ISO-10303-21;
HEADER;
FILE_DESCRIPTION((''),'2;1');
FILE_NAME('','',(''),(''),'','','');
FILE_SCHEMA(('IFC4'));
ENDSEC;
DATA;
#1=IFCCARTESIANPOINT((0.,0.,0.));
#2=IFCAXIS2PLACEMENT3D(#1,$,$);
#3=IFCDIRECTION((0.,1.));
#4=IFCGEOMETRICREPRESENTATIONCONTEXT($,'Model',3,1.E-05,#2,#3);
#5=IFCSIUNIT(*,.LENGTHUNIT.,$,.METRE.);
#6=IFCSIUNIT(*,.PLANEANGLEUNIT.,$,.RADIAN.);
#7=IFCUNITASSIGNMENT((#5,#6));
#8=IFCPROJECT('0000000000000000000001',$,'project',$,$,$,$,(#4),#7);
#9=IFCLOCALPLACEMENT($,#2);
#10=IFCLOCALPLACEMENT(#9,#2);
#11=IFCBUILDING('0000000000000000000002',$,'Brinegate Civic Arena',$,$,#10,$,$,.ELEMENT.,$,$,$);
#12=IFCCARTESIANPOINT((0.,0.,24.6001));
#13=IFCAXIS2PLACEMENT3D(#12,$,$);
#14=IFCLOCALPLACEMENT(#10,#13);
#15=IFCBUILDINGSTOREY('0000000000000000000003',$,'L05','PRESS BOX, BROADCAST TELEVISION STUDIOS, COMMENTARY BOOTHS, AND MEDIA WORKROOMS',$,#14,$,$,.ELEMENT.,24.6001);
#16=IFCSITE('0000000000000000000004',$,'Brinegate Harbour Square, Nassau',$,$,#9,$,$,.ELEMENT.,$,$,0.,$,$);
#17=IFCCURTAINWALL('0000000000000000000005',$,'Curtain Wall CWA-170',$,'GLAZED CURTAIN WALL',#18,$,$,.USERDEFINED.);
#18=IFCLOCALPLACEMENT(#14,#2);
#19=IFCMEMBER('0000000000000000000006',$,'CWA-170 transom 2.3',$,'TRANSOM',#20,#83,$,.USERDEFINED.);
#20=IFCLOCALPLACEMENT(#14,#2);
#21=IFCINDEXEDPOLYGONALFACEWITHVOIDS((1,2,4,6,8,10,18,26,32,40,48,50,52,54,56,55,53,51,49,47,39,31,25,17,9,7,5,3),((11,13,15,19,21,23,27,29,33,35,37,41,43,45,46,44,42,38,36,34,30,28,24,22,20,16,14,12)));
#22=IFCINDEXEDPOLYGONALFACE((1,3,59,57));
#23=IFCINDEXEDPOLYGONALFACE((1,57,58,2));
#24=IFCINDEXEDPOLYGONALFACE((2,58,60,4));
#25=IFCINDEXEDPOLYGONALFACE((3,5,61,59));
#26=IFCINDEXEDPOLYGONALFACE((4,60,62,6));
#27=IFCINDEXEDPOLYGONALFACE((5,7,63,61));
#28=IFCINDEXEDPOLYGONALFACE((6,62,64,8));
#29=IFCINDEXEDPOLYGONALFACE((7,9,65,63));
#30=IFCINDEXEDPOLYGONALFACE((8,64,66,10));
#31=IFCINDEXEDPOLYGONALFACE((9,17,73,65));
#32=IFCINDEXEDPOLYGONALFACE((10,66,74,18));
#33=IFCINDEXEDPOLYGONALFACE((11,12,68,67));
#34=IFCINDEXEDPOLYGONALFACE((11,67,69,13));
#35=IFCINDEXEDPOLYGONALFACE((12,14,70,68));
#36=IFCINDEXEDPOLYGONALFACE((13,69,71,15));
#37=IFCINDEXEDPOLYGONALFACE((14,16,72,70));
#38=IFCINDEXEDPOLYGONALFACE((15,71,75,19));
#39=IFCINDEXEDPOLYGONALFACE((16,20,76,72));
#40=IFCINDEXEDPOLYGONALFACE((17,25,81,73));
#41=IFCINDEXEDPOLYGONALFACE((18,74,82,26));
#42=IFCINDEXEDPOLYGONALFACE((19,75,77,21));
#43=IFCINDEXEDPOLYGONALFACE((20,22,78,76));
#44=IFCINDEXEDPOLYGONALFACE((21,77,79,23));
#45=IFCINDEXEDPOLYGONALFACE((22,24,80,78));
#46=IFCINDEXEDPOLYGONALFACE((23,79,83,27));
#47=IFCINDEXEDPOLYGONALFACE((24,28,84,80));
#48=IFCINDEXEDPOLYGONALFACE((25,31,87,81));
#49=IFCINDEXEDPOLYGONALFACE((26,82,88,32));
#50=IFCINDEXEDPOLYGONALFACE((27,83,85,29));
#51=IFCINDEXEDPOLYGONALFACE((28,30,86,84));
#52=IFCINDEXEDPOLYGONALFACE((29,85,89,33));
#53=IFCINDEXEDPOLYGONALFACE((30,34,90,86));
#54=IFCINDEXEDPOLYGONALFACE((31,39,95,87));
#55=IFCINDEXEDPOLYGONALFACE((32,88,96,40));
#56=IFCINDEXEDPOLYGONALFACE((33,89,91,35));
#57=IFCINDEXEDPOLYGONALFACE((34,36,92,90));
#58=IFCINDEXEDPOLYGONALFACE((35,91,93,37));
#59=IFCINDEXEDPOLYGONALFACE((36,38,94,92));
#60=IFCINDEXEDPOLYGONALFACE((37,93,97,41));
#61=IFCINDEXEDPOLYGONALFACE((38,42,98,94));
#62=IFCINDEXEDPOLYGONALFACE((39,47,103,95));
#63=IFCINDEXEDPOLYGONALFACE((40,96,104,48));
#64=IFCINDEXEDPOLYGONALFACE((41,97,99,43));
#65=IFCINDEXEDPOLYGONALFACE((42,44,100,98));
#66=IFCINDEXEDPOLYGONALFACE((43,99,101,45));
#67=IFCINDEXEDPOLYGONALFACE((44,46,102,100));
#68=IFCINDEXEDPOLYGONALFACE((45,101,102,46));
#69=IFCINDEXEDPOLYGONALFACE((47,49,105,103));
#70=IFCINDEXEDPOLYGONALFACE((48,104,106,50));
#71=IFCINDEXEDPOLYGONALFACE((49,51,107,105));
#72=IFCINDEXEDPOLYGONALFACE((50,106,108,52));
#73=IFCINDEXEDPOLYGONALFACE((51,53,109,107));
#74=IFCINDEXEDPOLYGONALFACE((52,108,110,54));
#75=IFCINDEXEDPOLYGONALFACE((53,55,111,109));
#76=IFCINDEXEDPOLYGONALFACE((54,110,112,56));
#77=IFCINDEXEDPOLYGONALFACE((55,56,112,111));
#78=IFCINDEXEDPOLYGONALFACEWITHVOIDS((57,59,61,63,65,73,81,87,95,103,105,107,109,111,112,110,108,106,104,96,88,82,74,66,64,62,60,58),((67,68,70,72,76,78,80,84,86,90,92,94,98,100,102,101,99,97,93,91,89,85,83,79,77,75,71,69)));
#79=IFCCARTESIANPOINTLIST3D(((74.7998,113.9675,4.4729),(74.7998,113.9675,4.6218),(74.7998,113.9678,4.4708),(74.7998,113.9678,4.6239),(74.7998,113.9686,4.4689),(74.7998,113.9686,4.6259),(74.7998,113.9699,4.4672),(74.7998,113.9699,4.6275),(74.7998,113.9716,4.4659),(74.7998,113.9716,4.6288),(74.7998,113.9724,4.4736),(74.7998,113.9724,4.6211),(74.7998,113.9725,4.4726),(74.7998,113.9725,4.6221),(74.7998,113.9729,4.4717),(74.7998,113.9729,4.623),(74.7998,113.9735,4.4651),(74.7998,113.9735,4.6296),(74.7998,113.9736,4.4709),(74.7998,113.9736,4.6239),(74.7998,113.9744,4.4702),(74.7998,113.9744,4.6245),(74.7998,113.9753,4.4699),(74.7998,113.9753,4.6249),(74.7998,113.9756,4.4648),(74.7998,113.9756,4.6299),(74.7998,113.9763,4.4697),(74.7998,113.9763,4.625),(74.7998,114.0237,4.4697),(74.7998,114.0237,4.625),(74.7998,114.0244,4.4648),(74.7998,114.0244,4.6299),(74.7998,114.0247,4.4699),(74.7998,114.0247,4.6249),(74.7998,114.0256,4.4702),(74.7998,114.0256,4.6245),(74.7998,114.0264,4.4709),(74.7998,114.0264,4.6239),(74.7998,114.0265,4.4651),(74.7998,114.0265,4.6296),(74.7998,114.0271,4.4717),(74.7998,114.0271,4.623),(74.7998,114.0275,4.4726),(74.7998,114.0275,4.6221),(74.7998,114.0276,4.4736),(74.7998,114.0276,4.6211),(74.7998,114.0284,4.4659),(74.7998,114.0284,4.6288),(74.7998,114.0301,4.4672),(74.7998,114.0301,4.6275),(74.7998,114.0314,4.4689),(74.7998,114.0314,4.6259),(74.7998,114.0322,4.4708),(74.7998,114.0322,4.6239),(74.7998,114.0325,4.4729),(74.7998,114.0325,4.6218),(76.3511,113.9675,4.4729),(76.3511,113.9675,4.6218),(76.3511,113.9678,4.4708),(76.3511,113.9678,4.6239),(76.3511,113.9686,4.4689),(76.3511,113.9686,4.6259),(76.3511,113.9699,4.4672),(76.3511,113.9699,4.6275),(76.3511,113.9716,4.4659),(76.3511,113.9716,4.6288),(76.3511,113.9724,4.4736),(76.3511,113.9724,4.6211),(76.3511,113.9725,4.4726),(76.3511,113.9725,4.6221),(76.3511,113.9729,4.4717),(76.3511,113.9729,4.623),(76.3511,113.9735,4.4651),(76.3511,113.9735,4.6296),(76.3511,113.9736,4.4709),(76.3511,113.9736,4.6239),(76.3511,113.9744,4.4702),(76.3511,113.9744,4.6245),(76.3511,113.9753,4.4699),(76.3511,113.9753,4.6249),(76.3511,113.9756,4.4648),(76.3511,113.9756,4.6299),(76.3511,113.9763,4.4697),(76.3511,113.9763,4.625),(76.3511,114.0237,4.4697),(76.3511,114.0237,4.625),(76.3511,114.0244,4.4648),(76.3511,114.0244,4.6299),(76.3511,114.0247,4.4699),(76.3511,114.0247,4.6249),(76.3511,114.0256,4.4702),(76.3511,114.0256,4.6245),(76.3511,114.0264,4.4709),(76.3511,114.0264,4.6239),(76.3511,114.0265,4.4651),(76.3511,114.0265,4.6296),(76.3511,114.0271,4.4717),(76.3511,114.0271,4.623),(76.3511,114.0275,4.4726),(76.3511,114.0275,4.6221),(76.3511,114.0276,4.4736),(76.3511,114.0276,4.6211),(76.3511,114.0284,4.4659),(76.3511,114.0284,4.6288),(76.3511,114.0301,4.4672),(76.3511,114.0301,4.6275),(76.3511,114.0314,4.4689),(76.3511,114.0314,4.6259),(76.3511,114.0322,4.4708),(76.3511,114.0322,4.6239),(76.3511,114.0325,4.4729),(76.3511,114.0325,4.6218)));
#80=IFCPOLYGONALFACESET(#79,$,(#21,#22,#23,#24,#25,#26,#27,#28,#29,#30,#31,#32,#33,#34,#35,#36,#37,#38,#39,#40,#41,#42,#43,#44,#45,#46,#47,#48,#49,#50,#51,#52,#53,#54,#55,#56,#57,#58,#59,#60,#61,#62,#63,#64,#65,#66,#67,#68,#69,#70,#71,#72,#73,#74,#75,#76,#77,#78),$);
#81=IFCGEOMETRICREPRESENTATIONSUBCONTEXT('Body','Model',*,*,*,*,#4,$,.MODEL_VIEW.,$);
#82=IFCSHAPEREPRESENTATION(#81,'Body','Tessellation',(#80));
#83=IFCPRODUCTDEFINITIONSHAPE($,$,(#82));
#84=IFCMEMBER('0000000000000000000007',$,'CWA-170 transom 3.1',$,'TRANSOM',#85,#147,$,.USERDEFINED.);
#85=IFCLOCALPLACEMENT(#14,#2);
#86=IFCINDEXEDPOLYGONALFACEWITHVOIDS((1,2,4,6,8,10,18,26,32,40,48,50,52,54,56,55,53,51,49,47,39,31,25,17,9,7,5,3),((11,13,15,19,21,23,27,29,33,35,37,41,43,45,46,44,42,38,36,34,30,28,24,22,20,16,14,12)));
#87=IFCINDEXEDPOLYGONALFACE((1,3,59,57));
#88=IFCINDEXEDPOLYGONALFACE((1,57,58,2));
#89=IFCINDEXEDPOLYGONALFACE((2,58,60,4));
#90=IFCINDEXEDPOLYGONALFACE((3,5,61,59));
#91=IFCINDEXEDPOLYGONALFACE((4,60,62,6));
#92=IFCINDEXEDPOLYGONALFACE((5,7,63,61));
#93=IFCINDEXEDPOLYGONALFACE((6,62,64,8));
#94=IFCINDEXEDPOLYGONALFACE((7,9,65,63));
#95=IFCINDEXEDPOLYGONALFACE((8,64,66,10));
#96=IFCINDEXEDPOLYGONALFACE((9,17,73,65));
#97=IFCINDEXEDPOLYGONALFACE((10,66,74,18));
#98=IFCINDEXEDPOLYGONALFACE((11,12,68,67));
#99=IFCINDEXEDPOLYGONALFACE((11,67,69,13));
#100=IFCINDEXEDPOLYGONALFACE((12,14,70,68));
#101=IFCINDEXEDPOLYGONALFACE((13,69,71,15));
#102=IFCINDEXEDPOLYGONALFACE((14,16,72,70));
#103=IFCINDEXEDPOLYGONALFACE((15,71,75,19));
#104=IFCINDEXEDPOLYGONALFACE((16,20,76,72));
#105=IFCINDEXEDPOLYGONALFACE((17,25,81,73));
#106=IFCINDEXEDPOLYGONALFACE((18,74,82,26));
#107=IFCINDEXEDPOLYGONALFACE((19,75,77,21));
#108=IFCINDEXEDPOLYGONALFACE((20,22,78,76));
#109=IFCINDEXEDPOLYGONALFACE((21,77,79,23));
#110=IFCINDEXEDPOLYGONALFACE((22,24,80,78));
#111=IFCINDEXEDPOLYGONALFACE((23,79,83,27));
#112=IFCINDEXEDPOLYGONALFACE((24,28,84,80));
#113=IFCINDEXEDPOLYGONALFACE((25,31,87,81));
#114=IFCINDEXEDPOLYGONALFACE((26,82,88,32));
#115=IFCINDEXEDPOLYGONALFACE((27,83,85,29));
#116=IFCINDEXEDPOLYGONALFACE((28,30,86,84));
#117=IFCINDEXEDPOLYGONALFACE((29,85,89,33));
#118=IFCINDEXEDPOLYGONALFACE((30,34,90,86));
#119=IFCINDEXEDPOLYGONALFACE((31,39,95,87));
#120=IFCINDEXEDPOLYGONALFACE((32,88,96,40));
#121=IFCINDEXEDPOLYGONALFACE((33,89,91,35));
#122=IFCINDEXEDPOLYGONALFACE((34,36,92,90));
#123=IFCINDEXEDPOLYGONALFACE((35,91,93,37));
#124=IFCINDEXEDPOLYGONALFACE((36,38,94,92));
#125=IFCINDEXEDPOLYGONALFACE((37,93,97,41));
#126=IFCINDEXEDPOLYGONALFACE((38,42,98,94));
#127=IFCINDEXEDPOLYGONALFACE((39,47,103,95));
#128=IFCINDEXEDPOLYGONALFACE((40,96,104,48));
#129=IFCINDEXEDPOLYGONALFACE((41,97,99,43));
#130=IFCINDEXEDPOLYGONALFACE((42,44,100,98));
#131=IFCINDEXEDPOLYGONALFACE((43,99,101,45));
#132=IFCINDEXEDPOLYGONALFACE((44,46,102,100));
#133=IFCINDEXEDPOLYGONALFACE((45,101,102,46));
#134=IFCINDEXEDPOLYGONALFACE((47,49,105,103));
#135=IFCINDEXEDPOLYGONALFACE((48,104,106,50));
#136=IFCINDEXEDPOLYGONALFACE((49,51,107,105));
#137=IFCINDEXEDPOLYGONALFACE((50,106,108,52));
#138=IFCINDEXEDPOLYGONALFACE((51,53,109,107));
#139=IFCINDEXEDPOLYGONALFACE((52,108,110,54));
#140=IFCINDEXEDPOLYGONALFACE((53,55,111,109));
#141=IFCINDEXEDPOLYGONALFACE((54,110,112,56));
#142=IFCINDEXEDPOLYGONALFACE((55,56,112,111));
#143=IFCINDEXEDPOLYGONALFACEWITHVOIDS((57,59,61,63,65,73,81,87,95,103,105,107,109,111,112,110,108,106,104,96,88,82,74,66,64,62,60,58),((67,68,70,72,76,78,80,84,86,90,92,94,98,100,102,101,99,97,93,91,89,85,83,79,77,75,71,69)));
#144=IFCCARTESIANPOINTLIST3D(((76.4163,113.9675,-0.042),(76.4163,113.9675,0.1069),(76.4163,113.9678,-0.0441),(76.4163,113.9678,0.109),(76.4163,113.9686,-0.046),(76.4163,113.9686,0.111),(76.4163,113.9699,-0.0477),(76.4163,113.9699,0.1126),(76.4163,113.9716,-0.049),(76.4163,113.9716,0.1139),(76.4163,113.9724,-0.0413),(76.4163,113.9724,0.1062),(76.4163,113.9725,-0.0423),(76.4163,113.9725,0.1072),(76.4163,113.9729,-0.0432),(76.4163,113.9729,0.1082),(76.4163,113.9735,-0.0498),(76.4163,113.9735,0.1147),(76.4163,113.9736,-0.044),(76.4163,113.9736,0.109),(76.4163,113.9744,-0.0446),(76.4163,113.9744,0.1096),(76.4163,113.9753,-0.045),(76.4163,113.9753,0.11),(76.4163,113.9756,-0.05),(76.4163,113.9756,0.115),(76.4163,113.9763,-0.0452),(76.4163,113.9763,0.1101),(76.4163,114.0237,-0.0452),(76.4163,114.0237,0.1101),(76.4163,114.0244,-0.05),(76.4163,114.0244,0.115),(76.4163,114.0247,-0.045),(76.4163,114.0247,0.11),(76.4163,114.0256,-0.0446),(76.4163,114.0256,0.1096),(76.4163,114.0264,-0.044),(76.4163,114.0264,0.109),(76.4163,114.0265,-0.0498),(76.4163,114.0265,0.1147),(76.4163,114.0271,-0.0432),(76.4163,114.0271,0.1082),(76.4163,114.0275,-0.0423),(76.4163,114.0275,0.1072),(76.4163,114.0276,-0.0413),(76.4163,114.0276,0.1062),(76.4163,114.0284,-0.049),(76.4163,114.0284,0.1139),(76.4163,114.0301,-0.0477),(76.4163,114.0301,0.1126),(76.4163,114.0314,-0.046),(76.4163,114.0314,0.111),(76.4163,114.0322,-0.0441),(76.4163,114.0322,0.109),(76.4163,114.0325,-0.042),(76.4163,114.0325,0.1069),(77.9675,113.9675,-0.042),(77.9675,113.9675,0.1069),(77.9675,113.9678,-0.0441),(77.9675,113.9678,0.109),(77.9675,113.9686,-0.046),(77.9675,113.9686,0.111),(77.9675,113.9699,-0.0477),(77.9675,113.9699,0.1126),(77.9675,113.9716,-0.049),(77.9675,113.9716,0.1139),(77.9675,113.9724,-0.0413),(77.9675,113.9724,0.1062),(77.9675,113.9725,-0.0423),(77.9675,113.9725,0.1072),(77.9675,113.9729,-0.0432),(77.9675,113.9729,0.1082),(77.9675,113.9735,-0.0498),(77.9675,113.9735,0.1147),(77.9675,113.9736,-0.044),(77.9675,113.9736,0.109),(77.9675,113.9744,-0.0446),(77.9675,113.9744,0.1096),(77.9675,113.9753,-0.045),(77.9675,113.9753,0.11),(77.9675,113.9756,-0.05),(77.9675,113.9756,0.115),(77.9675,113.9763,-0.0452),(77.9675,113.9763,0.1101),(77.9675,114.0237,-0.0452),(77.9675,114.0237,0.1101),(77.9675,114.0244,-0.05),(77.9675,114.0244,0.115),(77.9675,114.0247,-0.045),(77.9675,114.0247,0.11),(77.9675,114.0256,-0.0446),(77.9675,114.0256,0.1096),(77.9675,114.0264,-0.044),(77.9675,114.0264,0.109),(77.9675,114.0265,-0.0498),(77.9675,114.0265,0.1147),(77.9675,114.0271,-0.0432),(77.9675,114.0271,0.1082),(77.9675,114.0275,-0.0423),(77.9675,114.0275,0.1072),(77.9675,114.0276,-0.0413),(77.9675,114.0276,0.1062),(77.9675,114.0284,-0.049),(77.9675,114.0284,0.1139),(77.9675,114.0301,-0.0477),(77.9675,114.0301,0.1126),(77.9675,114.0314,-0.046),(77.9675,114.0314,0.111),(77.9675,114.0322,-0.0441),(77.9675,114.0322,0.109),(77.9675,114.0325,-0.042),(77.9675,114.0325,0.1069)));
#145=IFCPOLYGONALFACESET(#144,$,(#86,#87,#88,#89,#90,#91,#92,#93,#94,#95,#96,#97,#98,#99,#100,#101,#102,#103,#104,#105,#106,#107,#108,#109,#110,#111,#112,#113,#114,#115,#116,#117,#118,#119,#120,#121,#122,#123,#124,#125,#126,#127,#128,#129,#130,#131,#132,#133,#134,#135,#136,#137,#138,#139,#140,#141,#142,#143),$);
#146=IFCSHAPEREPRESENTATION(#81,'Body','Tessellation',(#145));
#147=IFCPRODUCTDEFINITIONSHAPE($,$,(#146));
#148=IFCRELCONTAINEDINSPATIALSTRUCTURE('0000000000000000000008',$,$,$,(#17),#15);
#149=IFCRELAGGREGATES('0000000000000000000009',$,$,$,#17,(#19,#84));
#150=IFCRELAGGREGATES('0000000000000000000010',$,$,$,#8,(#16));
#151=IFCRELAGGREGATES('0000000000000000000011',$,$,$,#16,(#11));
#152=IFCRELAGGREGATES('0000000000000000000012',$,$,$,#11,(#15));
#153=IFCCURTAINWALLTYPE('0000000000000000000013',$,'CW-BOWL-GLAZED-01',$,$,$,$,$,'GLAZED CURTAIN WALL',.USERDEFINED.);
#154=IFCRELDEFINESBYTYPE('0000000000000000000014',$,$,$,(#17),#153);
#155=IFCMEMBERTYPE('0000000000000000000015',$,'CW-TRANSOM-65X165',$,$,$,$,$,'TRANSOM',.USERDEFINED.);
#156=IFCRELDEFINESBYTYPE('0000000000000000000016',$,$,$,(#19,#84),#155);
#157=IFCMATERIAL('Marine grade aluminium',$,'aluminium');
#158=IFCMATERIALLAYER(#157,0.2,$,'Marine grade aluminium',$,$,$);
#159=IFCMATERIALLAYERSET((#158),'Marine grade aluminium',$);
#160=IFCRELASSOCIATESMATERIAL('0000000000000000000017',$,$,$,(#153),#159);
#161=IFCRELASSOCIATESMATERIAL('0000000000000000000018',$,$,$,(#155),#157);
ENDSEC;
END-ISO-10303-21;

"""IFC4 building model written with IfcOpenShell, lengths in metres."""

from ifc_helpers import new_model, si_unit, direction, frame, origin, origin_2d, place, context, subcontext, project, spatial, hollow_rectangle, extrude, material, layer, layer_set, material_profile, profile_set, type_object, element, aggregate, save


model = new_model("IFC4")

# Units and contexts
model_context = context("Model", 3, precision=1e-05, world=origin(), true_north=direction((0.0, 1.0)))
body_context = subcontext(model_context, "Body", "Model", "MODEL_VIEW")
ifc_project = project(units=[si_unit("LENGTHUNIT", "METRE"), si_unit("PLANEANGLEUNIT", "RADIAN")], contexts=[model_context])

# Site, building, storey
site_placement = place(None, origin())
site = spatial("IfcSite", under=ifc_project, at=site_placement, Name="Brinegate Harbour Square, Nassau", CompositionType="ELEMENT", RefElevation=0.0)
building_placement = place(site_placement, origin())
building = spatial("IfcBuilding", under=site, at=building_placement, Name="Brinegate Civic Arena", CompositionType="ELEMENT")
storey_placement = place(building_placement, frame((0.0, 0.0, 24.6001)))
storey = spatial("IfcBuildingStorey", under=building, at=storey_placement, Name="L05", Description="PRESS BOX, BROADCAST TELEVISION STUDIOS, COMMENTARY BOOTHS, AND MEDIA WORKROOMS", CompositionType="ELEMENT", Elevation=24.6001)

# Curtain wall, members
ifc_material_1 = material(Name="Marine grade aluminium", Category="aluminium")
ifc_layer_1 = layer(ifc_material_1, 0.2, Name="Marine grade aluminium")
ifc_layer_set_1 = layer_set([ifc_layer_1], Name="Marine grade aluminium")
curtain_wall_type = type_object("IfcCurtainWallType", Name="CW-BOWL-GLAZED-01", ElementType="GLAZED CURTAIN WALL", PredefinedType="USERDEFINED", material=ifc_layer_set_1)
curtain_wall_placement = place(storey_placement, origin())
curtain_wall = element("IfcCurtainWall", 1, at=curtain_wall_placement, inside=storey, type_object=curtain_wall_type, Name="Curtain Wall CWA-170", ObjectType="GLAZED CURTAIN WALL", PredefinedType="USERDEFINED")
ifc_material_profile_1 = material_profile(ifc_material_1, hollow_rectangle(XDim=0.0649, YDim=0.165, WallThickness=0.0049, InnerFilletRadius=0.0039, OuterFilletRadius=0.0081, at=origin_2d()), Name="TRN65X165")
ifc_profile_set_1 = profile_set([ifc_material_profile_1], Name="Marine grade aluminium")
member_type_1 = type_object("IfcMemberType", Name="CW-TRANSOM-65X165", ElementType="TRANSOM", PredefinedType="USERDEFINED", material=ifc_profile_set_1)
member_1_placement = place(storey_placement, frame((74.7998, 114.0, 4.5474), z_axis=(1.0, 0.0, 0.0), x_axis=(0.0, 1.0, 0.0)))
member_1 = element("IfcMember", 2, at=member_1_placement, type_object=member_type_1, Name="CWA-170 transom 2.3", ObjectType="TRANSOM", PredefinedType="USERDEFINED", context=body_context, shape_type="SweptSolid", body=[
    extrude(hollow_rectangle(XDim=0.0649, YDim=0.165, WallThickness=0.0049, InnerFilletRadius=0.0039, OuterFilletRadius=0.0081, at=origin_2d()), origin(), (0.0, 0.0, 1.0), 1.5513),
])
member_2_placement = place(storey_placement, frame((76.4163, 114.0, 0.0325), z_axis=(1.0, 0.0, 0.0), x_axis=(0.0, 1.0, 0.0)))
member_2 = element("IfcMember", 3, at=member_2_placement, type_object=member_type_1, Name="CWA-170 transom 3.1", ObjectType="TRANSOM", PredefinedType="USERDEFINED", context=body_context, shape_type="SweptSolid", body=[
    extrude(hollow_rectangle(XDim=0.0649, YDim=0.165, WallThickness=0.0049, InnerFilletRadius=0.0039, OuterFilletRadius=0.0081, at=origin_2d()), origin(), (0.0, 0.0, 1.0), 1.5513),
])
aggregate(curtain_wall, [member_1, member_2])

save(model, "model.ifc")
